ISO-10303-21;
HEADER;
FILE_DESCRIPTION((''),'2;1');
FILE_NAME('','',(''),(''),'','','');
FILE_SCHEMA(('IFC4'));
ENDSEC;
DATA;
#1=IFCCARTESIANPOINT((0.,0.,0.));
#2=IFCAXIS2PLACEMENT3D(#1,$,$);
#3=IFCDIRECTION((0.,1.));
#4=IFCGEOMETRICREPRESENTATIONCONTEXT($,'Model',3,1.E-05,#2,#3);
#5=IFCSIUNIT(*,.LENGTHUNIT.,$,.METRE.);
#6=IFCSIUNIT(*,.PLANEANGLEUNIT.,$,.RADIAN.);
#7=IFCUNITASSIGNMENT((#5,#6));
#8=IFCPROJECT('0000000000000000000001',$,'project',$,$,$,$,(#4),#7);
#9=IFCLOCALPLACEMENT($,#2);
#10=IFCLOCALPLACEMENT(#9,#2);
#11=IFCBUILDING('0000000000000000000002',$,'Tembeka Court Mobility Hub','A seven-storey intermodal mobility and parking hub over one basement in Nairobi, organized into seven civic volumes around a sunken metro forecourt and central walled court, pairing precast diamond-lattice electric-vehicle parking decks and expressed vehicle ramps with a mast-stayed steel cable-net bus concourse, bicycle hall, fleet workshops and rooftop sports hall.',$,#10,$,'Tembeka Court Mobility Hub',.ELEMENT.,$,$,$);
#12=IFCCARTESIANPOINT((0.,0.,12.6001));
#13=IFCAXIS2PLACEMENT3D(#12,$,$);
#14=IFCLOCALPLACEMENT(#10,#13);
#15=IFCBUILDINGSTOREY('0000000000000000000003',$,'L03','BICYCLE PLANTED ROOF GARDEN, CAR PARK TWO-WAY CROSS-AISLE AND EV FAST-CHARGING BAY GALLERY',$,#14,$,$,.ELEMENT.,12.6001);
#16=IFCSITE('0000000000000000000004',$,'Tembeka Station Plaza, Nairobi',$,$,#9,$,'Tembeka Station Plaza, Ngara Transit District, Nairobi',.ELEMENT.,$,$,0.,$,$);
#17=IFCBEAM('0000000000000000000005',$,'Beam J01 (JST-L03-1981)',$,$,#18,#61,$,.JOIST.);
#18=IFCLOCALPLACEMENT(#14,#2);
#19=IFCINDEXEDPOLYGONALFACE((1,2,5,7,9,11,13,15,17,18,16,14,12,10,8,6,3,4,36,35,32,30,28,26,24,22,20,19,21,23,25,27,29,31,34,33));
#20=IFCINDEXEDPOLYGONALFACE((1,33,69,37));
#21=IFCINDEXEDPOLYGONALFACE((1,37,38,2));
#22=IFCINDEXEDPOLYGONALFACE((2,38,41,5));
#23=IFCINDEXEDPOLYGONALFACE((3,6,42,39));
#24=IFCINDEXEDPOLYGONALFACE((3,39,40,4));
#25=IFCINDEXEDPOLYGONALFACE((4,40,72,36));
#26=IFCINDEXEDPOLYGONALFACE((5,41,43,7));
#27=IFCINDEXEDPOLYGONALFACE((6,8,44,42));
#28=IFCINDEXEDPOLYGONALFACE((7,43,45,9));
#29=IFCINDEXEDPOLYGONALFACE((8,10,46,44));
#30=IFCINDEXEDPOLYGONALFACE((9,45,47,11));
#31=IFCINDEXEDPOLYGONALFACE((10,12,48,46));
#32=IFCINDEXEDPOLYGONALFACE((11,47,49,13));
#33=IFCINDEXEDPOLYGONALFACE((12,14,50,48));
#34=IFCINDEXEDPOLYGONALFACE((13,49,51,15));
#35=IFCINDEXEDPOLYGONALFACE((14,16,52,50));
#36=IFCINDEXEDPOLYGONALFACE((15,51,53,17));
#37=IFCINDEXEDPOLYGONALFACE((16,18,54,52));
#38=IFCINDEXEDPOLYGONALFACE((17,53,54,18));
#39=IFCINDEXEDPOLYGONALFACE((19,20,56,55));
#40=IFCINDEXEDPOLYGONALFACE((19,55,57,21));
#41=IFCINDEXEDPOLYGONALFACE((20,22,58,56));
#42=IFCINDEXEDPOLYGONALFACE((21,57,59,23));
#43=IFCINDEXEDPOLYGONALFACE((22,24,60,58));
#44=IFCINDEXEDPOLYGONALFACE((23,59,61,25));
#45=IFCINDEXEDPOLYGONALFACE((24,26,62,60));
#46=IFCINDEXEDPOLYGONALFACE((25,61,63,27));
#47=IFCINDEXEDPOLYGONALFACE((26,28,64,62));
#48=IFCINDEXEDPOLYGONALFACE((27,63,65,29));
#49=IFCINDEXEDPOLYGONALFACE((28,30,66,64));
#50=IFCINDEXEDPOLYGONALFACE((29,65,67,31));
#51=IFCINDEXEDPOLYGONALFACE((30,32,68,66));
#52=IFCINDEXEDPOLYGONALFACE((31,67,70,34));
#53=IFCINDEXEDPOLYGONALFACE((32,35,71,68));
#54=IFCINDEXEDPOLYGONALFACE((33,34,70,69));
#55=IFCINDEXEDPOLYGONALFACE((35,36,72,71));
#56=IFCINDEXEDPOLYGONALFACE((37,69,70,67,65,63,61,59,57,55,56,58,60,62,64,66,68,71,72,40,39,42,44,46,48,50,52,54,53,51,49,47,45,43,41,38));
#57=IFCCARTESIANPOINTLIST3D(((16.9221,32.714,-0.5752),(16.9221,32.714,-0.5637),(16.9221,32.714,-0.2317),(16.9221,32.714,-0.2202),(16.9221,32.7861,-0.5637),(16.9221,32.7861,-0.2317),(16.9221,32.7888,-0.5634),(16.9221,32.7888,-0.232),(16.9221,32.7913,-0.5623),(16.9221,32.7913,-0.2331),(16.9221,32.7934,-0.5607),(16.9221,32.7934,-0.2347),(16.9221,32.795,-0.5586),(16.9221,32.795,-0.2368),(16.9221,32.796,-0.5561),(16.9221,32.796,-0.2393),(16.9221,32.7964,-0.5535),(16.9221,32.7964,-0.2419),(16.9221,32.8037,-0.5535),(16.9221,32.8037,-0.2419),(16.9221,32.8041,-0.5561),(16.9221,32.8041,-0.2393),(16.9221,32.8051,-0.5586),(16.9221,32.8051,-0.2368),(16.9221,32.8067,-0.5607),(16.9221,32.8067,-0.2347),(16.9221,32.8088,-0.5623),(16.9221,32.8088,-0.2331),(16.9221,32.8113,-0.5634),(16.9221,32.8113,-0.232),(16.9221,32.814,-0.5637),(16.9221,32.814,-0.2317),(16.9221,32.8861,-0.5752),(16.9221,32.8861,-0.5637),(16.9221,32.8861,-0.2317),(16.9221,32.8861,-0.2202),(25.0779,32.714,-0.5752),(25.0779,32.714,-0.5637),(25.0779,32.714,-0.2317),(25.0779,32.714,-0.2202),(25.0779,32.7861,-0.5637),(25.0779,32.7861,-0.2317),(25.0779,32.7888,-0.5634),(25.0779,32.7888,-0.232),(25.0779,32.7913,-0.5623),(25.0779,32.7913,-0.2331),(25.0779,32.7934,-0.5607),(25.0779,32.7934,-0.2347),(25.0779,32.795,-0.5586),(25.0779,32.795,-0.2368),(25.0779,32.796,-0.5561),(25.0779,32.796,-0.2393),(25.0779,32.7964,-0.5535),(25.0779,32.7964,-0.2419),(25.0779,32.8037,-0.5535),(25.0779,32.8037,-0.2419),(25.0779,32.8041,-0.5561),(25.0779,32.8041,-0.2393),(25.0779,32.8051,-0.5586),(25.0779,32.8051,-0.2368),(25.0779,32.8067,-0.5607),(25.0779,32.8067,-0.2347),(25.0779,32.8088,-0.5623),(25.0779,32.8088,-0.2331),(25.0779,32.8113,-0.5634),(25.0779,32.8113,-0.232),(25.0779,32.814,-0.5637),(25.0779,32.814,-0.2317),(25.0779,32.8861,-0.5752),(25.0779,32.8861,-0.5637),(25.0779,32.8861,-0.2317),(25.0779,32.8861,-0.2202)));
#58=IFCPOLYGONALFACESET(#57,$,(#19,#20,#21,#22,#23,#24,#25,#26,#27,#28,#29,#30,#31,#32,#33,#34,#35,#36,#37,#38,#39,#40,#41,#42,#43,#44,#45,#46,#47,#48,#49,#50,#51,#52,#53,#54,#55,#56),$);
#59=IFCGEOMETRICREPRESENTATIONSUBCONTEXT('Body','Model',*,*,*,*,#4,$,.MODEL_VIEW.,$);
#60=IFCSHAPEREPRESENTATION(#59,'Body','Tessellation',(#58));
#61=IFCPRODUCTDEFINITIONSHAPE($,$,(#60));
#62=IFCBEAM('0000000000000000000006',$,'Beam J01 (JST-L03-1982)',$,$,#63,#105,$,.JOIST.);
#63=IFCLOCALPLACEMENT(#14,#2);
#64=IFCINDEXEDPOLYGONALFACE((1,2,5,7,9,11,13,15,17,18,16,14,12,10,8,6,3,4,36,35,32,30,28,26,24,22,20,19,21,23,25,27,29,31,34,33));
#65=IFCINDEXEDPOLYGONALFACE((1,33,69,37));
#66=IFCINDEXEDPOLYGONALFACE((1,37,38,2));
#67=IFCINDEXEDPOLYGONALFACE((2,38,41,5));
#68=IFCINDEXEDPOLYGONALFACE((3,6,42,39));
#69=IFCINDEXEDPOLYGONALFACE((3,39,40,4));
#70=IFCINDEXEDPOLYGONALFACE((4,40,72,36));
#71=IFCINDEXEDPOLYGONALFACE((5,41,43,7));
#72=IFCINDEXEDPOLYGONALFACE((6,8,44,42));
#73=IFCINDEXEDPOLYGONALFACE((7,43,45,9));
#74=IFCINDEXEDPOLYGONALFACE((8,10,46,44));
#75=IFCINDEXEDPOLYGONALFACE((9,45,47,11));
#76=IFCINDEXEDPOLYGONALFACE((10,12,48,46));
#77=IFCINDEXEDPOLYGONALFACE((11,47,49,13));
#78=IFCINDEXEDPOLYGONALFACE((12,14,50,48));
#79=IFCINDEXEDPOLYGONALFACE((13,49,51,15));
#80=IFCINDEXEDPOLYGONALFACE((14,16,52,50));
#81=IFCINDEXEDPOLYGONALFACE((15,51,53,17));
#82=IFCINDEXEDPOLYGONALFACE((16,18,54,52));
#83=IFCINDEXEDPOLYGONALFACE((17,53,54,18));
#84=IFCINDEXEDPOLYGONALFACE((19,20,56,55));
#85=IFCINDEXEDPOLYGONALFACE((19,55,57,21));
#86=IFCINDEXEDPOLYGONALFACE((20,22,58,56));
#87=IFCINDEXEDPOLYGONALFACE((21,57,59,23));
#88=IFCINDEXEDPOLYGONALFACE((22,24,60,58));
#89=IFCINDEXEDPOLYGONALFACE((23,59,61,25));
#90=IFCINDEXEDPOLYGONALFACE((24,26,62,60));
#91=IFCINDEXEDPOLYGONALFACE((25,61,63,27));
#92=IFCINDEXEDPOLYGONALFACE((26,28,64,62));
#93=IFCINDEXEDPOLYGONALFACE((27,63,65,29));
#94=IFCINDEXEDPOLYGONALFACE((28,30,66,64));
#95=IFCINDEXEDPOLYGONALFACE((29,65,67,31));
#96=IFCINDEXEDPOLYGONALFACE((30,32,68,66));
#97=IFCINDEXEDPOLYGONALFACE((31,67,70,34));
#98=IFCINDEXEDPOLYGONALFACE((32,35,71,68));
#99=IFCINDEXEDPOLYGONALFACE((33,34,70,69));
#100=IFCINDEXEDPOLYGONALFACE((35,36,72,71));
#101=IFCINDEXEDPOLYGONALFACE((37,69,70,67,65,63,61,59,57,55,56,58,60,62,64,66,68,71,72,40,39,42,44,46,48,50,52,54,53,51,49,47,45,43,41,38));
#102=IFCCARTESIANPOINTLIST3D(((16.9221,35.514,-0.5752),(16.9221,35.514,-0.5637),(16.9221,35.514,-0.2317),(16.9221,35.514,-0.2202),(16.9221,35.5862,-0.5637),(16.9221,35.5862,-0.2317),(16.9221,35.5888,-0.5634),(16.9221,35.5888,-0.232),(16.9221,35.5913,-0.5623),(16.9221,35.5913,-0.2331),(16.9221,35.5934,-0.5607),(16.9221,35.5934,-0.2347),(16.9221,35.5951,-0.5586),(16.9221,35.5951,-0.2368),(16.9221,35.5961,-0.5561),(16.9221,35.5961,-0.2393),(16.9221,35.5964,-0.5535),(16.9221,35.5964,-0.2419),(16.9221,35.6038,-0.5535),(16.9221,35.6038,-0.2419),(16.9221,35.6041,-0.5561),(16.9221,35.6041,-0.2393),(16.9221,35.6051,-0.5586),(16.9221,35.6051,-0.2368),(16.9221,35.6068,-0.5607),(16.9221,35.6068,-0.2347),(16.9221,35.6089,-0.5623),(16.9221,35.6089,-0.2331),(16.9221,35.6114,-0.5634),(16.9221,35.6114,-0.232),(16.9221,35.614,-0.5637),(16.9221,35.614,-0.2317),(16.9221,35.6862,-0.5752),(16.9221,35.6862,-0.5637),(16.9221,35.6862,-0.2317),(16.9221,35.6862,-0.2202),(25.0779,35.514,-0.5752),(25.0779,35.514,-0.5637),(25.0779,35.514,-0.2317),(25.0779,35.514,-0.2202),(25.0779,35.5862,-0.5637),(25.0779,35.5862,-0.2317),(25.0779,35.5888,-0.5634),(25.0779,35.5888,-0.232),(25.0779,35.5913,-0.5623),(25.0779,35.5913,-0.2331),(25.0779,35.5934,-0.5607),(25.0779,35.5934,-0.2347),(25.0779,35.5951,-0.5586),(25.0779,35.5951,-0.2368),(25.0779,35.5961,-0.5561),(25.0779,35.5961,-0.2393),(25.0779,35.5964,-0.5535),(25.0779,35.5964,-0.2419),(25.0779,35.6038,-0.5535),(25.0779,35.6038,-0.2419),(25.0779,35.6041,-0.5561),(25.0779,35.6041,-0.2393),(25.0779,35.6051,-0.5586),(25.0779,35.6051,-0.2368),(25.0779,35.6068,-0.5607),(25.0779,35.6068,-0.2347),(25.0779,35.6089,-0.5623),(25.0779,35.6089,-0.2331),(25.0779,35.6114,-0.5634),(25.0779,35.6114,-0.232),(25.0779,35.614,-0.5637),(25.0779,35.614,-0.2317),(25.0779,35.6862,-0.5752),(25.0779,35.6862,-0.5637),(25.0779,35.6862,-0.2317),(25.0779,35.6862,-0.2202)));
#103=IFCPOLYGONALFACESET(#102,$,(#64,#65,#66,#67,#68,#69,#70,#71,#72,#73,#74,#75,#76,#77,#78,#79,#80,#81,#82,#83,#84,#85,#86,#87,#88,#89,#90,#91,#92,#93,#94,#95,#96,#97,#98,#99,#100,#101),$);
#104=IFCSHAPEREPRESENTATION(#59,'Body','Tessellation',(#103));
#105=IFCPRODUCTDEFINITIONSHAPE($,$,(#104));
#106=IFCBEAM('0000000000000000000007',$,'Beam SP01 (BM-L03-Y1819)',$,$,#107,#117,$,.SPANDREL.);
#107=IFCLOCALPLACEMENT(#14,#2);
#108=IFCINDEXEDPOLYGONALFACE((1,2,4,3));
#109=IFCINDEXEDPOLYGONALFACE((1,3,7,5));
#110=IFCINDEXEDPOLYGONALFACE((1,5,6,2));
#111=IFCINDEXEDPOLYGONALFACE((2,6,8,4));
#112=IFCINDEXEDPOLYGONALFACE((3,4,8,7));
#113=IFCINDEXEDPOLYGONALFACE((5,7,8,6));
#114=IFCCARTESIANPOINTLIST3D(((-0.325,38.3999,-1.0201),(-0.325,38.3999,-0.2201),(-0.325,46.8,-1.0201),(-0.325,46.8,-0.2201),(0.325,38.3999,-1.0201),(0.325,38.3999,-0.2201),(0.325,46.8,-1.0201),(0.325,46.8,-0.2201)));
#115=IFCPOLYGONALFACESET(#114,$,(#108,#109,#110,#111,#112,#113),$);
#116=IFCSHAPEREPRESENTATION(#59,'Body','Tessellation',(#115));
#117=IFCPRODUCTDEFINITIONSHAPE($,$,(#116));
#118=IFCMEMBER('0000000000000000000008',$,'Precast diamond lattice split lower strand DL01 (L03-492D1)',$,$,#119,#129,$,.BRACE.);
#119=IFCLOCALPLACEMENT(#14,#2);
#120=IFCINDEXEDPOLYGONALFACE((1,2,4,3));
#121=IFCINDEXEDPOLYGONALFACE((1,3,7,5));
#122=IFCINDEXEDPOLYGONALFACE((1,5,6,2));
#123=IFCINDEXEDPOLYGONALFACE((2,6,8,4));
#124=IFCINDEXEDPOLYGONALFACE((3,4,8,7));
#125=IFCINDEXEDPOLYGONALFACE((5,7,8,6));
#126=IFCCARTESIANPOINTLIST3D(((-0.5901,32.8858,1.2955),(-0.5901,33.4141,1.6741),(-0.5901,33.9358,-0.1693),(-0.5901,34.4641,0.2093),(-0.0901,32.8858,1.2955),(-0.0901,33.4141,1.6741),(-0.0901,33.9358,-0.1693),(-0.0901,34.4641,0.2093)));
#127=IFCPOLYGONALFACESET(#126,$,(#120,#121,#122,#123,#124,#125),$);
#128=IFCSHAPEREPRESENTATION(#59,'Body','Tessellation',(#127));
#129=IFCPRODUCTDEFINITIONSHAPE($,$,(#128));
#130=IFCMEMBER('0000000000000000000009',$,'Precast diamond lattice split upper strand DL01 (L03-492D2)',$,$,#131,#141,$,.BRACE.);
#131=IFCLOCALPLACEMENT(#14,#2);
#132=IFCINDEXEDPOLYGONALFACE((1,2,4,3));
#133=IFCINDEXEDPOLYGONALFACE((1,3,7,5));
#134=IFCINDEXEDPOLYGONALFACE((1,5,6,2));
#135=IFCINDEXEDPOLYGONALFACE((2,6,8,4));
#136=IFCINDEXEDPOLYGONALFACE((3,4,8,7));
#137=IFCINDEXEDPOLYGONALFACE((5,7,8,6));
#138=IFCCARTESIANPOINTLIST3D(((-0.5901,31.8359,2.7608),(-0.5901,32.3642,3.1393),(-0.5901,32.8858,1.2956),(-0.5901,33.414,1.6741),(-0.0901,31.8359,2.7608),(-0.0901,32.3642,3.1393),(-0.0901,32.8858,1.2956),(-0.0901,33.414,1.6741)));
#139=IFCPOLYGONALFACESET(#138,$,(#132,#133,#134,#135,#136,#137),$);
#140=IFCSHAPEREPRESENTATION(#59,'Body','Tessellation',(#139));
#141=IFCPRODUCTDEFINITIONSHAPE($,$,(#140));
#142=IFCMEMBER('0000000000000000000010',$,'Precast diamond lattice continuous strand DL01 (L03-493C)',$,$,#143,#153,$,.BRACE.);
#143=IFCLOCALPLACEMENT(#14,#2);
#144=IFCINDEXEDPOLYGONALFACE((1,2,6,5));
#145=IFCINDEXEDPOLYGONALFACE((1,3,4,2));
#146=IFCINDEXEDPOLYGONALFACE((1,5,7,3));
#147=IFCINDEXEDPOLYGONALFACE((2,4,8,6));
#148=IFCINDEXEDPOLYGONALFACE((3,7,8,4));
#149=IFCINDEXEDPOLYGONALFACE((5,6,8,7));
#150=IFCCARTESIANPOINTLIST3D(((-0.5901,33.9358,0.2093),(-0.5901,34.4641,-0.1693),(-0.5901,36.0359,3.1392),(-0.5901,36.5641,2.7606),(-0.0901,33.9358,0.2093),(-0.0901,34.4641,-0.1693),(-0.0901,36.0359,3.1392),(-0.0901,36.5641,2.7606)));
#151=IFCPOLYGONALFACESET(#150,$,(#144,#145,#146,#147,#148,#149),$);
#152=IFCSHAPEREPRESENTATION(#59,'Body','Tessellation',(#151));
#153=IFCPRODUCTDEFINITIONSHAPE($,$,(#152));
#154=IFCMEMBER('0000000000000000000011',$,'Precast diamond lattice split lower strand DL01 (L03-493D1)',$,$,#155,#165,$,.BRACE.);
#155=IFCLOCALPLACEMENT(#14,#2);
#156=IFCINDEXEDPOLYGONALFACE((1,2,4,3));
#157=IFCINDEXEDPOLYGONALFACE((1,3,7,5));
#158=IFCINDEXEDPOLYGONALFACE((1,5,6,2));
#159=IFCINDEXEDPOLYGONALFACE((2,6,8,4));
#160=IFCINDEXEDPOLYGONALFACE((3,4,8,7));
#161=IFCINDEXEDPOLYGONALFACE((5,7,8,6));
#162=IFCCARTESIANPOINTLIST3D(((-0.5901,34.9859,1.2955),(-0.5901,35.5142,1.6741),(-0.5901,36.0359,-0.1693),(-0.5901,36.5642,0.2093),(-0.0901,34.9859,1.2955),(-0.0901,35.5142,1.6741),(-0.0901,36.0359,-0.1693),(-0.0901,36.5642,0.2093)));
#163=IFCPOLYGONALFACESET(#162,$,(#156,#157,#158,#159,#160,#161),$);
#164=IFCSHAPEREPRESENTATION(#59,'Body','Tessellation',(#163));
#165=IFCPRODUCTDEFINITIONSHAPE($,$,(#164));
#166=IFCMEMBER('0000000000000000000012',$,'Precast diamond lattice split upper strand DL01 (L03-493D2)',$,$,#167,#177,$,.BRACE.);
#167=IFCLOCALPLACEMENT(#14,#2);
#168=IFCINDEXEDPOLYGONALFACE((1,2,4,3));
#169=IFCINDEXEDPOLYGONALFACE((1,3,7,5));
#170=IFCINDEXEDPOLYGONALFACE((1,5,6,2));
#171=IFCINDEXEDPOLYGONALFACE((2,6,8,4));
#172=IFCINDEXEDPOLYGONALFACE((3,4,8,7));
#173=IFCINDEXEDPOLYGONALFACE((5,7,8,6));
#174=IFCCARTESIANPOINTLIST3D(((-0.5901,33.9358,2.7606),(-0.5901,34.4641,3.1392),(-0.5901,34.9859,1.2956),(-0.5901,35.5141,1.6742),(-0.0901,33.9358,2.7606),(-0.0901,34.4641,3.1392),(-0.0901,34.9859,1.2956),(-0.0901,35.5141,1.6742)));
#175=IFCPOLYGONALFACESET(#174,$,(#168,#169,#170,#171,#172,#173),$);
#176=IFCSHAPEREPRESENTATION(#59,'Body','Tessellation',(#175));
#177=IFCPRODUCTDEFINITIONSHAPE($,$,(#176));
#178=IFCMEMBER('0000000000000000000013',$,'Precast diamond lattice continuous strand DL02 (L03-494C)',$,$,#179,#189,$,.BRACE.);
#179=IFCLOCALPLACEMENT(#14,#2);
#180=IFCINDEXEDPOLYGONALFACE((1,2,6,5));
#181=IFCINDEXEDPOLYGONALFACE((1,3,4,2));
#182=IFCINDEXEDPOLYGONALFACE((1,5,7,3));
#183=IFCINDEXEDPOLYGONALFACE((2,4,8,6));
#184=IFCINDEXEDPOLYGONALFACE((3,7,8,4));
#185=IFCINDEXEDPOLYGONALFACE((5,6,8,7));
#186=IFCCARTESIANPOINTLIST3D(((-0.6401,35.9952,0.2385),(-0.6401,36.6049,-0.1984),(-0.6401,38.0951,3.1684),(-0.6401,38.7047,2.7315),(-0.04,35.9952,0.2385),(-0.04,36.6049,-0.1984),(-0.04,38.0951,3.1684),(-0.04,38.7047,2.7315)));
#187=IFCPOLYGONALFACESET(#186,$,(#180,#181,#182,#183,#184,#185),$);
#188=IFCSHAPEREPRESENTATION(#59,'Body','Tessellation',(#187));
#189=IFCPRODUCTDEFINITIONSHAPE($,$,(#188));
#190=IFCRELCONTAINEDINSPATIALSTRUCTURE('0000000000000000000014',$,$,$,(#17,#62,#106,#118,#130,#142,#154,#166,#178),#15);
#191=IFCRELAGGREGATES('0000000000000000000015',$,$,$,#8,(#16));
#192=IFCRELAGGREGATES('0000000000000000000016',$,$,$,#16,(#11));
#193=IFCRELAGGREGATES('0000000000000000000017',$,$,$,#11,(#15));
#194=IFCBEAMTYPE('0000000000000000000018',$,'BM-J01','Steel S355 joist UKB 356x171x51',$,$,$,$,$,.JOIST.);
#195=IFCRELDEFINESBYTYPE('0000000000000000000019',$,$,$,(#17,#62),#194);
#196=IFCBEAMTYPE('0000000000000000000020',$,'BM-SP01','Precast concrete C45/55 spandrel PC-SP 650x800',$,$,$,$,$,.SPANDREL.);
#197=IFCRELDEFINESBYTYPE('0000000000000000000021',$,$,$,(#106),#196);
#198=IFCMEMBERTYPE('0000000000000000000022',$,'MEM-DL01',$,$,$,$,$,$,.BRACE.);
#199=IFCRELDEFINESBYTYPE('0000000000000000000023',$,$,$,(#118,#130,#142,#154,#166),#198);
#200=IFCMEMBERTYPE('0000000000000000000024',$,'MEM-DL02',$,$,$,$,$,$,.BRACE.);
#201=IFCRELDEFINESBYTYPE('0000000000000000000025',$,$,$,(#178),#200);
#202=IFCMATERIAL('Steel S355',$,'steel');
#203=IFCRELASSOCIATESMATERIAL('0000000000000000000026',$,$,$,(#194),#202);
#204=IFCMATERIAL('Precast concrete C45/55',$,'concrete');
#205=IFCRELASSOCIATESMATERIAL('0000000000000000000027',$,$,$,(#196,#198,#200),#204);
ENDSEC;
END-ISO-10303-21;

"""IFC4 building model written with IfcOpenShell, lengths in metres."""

from ifc_helpers import new_model, si_unit, direction, frame, origin, origin_2d, place, context, subcontext, project, spatial, rectangle, i_section, extrude, material, material_profile, profile_set, type_object, element, save


model = new_model("IFC4")

# Units and contexts
model_context = context("Model", 3, precision=1e-05, world=origin(), true_north=direction((0.0, 1.0)))
body_context = subcontext(model_context, "Body", "Model", "MODEL_VIEW")
ifc_project = project(units=[si_unit("LENGTHUNIT", "METRE"), si_unit("PLANEANGLEUNIT", "RADIAN")], contexts=[model_context])

# Site, building, storey
site_placement = place(None, origin())
site = spatial("IfcSite", under=ifc_project, at=site_placement, Name="Tembeka Station Plaza, Nairobi", LongName="Tembeka Station Plaza, Ngara Transit District, Nairobi", CompositionType="ELEMENT", RefElevation=0.0)
building_placement = place(site_placement, origin())
building = spatial("IfcBuilding", under=site, at=building_placement, Name="Tembeka Court Mobility Hub", Description="A seven-storey intermodal mobility and parking hub over one basement in Nairobi, organized into seven civic volumes around a sunken metro forecourt and central walled court, pairing precast diamond-lattice electric-vehicle parking decks and expressed vehicle ramps with a mast-stayed steel cable-net bus concourse, bicycle hall, fleet workshops and rooftop sports hall.", LongName="Tembeka Court Mobility Hub", CompositionType="ELEMENT")
storey_placement = place(building_placement, frame((0.0, 0.0, 12.6001)))
storey = spatial("IfcBuildingStorey", under=building, at=storey_placement, Name="L03", Description="BICYCLE PLANTED ROOF GARDEN, CAR PARK TWO-WAY CROSS-AISLE AND EV FAST-CHARGING BAY GALLERY", CompositionType="ELEMENT", Elevation=12.6001)

# Shared definitions
ifc_material_1 = material(Name="Steel S355", Category="steel")

# Beams
ifc_material_profile_1 = material_profile(ifc_material_1, i_section(OverallWidth=0.1721, OverallDepth=0.355, WebThickness=0.0073, FlangeThickness=0.0115, FilletRadius=0.0103, at=origin_2d()), Name="UKB 356x171x51")
ifc_profile_set_1 = profile_set([ifc_material_profile_1], Name="Steel S355")
beam_type_1 = type_object("IfcBeamType", Name="BM-J01", Description="Steel S355 joist UKB 356x171x51", PredefinedType="JOIST", material=ifc_profile_set_1)
for number, where, z_axis, x_axis, name in (
    (1, (16.9221, 32.8, -0.3977), (1.0, 0.0, 0.0), (0.0, 1.0, 0.0), "Beam J01 (JST-L03-1981)"),
    (2, (16.9221, 35.6001, -0.3977), (1.0, 0.0, 0.0), (0.0, 1.0, 0.0), "Beam J01 (JST-L03-1982)"),
):
    element("IfcBeam", number, at=place(storey_placement, frame(where, z_axis=z_axis, x_axis=x_axis)), inside=storey, type_object=beam_type_1, Name=name, PredefinedType="JOIST", context=body_context, shape_type="SweptSolid", body=[
        extrude(i_section(OverallWidth=0.1721, OverallDepth=0.355, WebThickness=0.0073, FlangeThickness=0.0115, FilletRadius=0.0103, at=origin_2d()), origin(), (0.0, 0.0, 1.0), 8.1558),
    ])
ifc_material_2 = material(Name="Precast concrete C45/55", Category="concrete")
ifc_material_profile_2 = material_profile(ifc_material_2, rectangle(XDim=0.6499, YDim=0.8, at=origin_2d()), Name="PC-SP 650x800")
ifc_profile_set_2 = profile_set([ifc_material_profile_2], Name="Precast concrete C45/55")
beam_type_2 = type_object("IfcBeamType", Name="BM-SP01", Description="Precast concrete C45/55 spandrel PC-SP 650x800", PredefinedType="SPANDREL", material=ifc_profile_set_2)
beam_1_placement = place(storey_placement, frame((0.0, 38.3999, -0.6201), z_axis=(0.0, 1.0, 0.0), x_axis=(-1.0, 0.0, 0.0)))
element("IfcBeam", 3, at=beam_1_placement, inside=storey, type_object=beam_type_2, Name="Beam SP01 (BM-L03-Y1819)", PredefinedType="SPANDREL", context=body_context, shape_type="SweptSolid", body=[
    extrude(rectangle(XDim=0.6499, YDim=0.8, at=origin_2d()), origin(), (0.0, 0.0, 1.0), 8.4001),
])

# Members
ifc_material_profile_3 = material_profile(ifc_material_2, rectangle(XDim=0.5, YDim=0.6499, at=origin_2d()), Name="PC-DIAG 500x650")
ifc_profile_set_3 = profile_set([ifc_material_profile_3], Name="Precast concrete C45/55")
member_type_1 = type_object("IfcMemberType", Name="MEM-DL01", PredefinedType="BRACE", material=ifc_profile_set_3)
member_1_placement = place(storey_placement, frame((-0.3401, 34.2, 0.02), z_axis=(0.0, -0.582608, 0.812753), x_axis=(1.0, 0.0, 0.0)))
element("IfcMember", 4, at=member_1_placement, inside=storey, type_object=member_type_1, Name="Precast diamond lattice split lower strand DL01 (L03-492D1)", PredefinedType="BRACE", context=body_context, shape_type="SweptSolid", body=[
    extrude(rectangle(XDim=0.5, YDim=0.6499, at=origin_2d()), origin(), (0.0, 0.0, 1.0), 1.8022),
])
member_2_placement = place(storey_placement, frame((-0.3401, 33.1499, 1.4849), z_axis=(0.0, -0.582455, 0.812863), x_axis=(1.0, 0.0, 0.0)))
element("IfcMember", 5, at=member_2_placement, inside=storey, type_object=member_type_1, Name="Precast diamond lattice split upper strand DL01 (L03-492D2)", PredefinedType="BRACE", context=body_context, shape_type="SweptSolid", body=[
    extrude(rectangle(XDim=0.5, YDim=0.6499, at=origin_2d()), origin(), (0.0, 0.0, 1.0), 1.8025),
])
member_3_placement = place(storey_placement, frame((-0.3401, 34.2, 0.02), z_axis=(0.0, 0.582576, 0.812776), x_axis=(-1.0, 0.0, 0.0)))
element("IfcMember", 6, at=member_3_placement, inside=storey, type_object=member_type_1, Name="Precast diamond lattice continuous strand DL01 (L03-493C)", PredefinedType="BRACE", context=body_context, shape_type="SweptSolid", body=[
    extrude(rectangle(XDim=0.5, YDim=0.6499, at=origin_2d()), origin(), (0.0, 0.0, 1.0), 3.6047),
])
member_4_placement = place(storey_placement, frame((-0.3401, 36.3, 0.02), z_axis=(0.0, -0.582608, 0.812753), x_axis=(1.0, 0.0, 0.0)))
element("IfcMember", 7, at=member_4_placement, inside=storey, type_object=member_type_1, Name="Precast diamond lattice split lower strand DL01 (L03-493D1)", PredefinedType="BRACE", context=body_context, shape_type="SweptSolid", body=[
    extrude(rectangle(XDim=0.5, YDim=0.6499, at=origin_2d()), origin(), (0.0, 0.0, 1.0), 1.8022),
])
member_5_placement = place(storey_placement, frame((-0.3401, 35.25, 1.4849), z_axis=(0.0, -0.582544, 0.812799), x_axis=(1.0, 0.0, 0.0)))
element("IfcMember", 8, at=member_5_placement, inside=storey, type_object=member_type_1, Name="Precast diamond lattice split upper strand DL01 (L03-493D2)", PredefinedType="BRACE", context=body_context, shape_type="SweptSolid", body=[
    extrude(rectangle(XDim=0.5, YDim=0.6499, at=origin_2d()), origin(), (0.0, 0.0, 1.0), 1.8025),
])
ifc_material_profile_4 = material_profile(ifc_material_2, rectangle(XDim=0.6001, YDim=0.75, at=origin_2d()), Name="PC-DIAG 600x750")
ifc_profile_set_4 = profile_set([ifc_material_profile_4], Name="Precast concrete C45/55")
member_type_2 = type_object("IfcMemberType", Name="MEM-DL02", PredefinedType="BRACE", material=ifc_profile_set_4)
member_6_placement = place(storey_placement, frame((-0.3401, 36.3, 0.02), z_axis=(0.0, 0.582532, 0.812808), x_axis=(-1.0, 0.0, 0.0)))
element("IfcMember", 9, at=member_6_placement, inside=storey, type_object=member_type_2, Name="Precast diamond lattice continuous strand DL02 (L03-494C)", PredefinedType="BRACE", context=body_context, shape_type="SweptSolid", body=[
    extrude(rectangle(XDim=0.6001, YDim=0.75, at=origin_2d()), origin(), (0.0, 0.0, 1.0), 3.6047),
])

save(model, "model.ifc")
